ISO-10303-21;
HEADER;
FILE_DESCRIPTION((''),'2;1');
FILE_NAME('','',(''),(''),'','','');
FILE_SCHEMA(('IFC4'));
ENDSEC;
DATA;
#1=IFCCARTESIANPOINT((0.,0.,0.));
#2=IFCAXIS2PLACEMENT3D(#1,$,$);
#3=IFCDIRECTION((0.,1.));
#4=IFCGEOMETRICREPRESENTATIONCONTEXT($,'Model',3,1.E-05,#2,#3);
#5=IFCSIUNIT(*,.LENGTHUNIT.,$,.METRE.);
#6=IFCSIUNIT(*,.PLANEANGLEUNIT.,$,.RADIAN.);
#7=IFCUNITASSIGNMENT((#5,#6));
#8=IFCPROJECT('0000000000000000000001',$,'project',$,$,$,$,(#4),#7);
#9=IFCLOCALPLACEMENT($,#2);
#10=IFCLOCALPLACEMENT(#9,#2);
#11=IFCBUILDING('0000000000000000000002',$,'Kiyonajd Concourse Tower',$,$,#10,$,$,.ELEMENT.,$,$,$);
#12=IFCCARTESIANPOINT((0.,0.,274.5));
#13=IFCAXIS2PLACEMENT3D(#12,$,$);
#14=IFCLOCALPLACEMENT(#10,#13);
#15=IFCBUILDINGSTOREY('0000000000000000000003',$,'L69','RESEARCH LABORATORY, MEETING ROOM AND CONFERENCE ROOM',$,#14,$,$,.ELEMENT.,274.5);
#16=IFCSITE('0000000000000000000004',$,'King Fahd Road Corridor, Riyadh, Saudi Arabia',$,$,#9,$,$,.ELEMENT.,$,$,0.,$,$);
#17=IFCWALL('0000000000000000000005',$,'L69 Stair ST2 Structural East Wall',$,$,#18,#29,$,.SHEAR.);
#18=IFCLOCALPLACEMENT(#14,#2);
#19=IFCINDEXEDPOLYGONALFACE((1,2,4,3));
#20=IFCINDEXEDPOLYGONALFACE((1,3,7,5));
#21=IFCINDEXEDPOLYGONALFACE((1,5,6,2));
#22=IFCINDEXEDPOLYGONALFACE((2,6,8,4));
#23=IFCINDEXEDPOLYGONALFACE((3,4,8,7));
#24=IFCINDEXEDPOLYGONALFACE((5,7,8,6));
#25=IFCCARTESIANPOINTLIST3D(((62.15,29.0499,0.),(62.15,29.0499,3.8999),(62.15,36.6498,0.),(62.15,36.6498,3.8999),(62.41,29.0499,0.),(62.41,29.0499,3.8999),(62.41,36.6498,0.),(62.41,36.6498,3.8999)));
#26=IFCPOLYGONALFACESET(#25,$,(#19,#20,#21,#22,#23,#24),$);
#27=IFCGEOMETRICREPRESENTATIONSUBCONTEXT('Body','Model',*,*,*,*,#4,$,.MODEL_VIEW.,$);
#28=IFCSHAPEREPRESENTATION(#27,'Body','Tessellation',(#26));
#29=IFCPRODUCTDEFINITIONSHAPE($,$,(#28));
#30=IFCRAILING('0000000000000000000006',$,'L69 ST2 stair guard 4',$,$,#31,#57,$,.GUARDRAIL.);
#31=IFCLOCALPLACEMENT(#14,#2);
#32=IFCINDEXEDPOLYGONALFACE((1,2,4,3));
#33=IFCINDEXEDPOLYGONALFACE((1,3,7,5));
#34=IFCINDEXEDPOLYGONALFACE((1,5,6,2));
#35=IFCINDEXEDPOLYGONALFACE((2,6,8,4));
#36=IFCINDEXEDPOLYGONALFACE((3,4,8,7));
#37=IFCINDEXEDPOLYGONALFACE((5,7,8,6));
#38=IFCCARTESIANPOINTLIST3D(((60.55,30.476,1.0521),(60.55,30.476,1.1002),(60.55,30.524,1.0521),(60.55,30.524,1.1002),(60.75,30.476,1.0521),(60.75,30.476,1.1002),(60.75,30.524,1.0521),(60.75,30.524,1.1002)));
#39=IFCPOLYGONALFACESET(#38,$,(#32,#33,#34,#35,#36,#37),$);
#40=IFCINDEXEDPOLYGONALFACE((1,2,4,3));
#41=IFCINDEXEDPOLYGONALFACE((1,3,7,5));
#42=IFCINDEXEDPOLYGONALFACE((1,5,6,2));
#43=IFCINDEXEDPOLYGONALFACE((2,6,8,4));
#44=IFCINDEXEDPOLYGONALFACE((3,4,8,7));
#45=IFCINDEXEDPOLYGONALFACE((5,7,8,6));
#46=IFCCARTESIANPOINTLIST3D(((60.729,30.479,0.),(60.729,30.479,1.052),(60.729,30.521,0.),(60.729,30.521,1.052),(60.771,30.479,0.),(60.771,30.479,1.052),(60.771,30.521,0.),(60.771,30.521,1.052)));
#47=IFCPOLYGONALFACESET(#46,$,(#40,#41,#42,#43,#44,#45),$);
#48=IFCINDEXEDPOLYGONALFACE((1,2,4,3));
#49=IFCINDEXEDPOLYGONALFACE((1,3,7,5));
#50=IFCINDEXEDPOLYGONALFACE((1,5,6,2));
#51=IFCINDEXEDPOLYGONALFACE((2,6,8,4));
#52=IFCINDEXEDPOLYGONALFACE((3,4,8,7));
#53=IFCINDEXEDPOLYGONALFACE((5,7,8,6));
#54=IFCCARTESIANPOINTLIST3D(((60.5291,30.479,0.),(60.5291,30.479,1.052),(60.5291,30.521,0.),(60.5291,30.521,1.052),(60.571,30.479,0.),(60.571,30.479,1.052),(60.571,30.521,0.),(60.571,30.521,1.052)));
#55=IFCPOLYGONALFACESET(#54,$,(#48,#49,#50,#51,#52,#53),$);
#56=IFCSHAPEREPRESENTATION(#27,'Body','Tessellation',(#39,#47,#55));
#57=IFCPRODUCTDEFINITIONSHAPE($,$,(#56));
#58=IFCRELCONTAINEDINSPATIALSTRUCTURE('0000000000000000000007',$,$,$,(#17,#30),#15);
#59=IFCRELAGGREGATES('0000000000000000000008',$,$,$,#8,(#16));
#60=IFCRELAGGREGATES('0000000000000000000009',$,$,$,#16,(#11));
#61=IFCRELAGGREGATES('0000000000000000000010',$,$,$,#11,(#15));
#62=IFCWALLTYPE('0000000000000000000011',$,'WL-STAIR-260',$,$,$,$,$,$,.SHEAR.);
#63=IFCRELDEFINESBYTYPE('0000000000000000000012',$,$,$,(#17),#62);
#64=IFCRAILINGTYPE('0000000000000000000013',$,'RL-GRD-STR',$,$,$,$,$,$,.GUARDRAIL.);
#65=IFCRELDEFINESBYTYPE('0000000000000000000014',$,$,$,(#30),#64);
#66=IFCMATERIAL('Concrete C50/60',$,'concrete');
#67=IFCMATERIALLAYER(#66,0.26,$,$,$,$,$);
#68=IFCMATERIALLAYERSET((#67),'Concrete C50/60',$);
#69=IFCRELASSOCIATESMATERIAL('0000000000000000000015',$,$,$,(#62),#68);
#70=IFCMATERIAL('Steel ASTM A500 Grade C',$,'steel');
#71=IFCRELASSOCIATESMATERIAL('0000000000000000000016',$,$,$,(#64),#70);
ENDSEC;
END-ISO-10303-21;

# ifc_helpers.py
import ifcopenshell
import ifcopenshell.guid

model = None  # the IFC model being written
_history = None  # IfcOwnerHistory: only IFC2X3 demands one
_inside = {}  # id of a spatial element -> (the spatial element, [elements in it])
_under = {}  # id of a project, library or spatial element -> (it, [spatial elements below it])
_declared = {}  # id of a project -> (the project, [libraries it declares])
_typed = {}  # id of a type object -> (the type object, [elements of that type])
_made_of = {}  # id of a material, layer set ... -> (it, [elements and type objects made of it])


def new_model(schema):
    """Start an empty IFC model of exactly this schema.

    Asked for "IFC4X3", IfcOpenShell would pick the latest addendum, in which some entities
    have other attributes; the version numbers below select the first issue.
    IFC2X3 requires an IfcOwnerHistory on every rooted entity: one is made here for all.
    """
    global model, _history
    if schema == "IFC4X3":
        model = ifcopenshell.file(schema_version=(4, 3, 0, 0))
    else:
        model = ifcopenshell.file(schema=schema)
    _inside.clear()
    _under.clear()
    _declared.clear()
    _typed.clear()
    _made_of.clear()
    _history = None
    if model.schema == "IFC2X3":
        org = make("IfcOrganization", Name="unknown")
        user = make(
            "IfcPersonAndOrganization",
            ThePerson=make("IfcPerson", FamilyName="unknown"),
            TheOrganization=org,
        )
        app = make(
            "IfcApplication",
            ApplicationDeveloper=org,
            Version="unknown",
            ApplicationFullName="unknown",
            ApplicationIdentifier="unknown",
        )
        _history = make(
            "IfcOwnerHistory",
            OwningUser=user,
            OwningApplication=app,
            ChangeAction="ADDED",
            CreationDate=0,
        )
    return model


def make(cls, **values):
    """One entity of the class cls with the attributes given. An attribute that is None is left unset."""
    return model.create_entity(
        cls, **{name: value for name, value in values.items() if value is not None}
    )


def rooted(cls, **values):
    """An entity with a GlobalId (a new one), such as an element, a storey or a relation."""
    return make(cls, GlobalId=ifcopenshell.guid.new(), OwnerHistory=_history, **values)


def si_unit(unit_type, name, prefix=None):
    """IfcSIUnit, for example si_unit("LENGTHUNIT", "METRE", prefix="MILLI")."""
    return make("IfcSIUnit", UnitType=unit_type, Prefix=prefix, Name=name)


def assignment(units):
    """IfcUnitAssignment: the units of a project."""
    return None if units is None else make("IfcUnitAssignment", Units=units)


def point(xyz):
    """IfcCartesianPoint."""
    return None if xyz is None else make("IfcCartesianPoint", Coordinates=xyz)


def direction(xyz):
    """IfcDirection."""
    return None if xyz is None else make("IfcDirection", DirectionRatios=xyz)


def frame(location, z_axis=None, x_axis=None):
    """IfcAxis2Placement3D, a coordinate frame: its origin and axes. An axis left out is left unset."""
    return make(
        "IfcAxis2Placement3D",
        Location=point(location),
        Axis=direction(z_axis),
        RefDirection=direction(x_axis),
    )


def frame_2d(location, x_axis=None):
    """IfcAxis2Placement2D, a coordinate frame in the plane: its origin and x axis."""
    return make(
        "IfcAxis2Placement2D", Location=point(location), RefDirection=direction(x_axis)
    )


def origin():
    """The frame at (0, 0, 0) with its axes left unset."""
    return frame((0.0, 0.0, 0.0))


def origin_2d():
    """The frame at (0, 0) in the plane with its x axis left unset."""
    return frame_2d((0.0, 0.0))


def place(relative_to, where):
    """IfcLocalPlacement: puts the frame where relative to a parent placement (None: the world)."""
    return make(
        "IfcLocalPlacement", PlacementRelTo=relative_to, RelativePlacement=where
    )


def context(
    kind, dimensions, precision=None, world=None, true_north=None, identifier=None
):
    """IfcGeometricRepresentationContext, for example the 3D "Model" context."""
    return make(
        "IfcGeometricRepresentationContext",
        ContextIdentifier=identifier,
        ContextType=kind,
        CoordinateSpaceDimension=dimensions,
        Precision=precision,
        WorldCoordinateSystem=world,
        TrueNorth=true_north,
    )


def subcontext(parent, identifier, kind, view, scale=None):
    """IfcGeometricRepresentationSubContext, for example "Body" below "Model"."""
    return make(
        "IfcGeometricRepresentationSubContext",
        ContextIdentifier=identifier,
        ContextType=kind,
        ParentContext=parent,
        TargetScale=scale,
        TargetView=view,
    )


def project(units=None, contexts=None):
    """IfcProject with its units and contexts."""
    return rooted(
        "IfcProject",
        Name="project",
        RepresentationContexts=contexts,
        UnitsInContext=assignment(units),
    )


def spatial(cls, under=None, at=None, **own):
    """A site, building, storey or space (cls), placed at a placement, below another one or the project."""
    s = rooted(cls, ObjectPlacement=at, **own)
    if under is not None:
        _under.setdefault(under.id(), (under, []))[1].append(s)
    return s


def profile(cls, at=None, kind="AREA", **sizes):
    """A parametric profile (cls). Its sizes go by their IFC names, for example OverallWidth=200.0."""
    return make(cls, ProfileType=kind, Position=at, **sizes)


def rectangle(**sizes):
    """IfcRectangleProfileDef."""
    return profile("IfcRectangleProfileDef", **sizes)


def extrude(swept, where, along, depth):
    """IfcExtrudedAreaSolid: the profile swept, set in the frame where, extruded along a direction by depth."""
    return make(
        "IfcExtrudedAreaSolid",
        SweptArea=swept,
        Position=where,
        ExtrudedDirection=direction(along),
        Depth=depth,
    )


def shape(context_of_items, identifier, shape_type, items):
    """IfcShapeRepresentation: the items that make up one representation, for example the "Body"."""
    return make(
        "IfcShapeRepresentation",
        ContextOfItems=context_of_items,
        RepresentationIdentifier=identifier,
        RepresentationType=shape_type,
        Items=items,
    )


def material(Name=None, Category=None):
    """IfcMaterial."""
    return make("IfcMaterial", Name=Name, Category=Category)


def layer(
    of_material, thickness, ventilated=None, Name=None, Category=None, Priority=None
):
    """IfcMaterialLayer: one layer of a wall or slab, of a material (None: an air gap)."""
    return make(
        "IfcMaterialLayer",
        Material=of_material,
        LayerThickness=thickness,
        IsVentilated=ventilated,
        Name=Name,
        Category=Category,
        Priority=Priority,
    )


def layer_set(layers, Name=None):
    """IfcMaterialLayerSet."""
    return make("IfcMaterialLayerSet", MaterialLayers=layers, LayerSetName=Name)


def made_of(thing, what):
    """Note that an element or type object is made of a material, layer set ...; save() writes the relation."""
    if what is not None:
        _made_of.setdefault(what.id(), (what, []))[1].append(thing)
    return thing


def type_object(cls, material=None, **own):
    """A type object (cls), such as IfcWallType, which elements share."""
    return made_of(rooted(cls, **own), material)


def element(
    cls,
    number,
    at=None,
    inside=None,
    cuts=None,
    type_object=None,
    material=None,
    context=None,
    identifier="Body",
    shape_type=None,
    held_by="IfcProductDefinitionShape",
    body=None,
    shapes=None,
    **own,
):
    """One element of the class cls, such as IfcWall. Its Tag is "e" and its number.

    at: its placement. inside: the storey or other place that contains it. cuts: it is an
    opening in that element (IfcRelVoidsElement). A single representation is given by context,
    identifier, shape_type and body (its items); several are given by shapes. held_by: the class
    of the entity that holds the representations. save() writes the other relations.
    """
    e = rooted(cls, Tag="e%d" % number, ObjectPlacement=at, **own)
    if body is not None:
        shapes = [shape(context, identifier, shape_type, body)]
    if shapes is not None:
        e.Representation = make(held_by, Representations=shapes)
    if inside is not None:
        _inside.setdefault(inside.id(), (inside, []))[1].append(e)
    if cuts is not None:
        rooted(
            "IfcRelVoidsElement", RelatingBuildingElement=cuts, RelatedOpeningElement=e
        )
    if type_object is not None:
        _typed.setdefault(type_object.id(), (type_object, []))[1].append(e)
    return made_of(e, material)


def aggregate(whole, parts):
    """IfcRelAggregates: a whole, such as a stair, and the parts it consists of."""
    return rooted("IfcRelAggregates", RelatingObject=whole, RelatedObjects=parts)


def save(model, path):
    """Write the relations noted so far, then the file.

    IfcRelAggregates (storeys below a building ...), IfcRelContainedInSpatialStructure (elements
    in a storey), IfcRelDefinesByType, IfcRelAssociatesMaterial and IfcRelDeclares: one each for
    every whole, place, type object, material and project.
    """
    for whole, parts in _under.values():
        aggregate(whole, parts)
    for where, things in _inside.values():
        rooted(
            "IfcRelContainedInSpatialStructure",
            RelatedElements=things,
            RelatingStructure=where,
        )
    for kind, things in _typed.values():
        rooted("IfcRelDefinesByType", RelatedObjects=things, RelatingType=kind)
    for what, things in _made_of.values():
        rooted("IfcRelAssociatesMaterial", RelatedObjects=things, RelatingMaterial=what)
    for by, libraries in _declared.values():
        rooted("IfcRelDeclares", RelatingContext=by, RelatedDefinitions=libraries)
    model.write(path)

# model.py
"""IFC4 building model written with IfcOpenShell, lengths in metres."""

from ifc_helpers import new_model, si_unit, direction, frame, frame_2d, origin, origin_2d, place, context, subcontext, project, spatial, rectangle, extrude, material, layer, layer_set, type_object, element, save


model = new_model("IFC4")

# Units and contexts
model_context = context("Model", 3, precision=1e-05, world=origin(), true_north=direction((0.0, 1.0)))
body_context = subcontext(model_context, "Body", "Model", "MODEL_VIEW")
ifc_project = project(units=[si_unit("LENGTHUNIT", "METRE"), si_unit("PLANEANGLEUNIT", "RADIAN")], contexts=[model_context])

# Site, building, storey
site_placement = place(None, origin())
site = spatial("IfcSite", under=ifc_project, at=site_placement, Name="King Fahd Road Corridor, Riyadh, Saudi Arabia", CompositionType="ELEMENT", RefElevation=0.0)
building_placement = place(site_placement, origin())
building = spatial("IfcBuilding", under=site, at=building_placement, Name="Kiyonajd Concourse Tower", CompositionType="ELEMENT")
storey_placement = place(building_placement, frame((0.0, 0.0, 274.5)))
storey = spatial("IfcBuildingStorey", under=building, at=storey_placement, Name="L69", Description="RESEARCH LABORATORY, MEETING ROOM AND CONFERENCE ROOM", CompositionType="ELEMENT", Elevation=274.5)

# Shared definitions
ifc_material_1 = material(Name="Concrete C50/60", Category="concrete")
ifc_layer_1 = layer(ifc_material_1, 0.26)
ifc_layer_set_1 = layer_set([ifc_layer_1], Name="Concrete C50/60")
wall_type_1 = type_object("IfcWallType", Name="WL-STAIR-260", PredefinedType="SHEAR", material=ifc_layer_set_1)

# Wall
wall_1_placement = place(storey_placement, frame((62.28, 29.05, 0.0), z_axis=(0.0, 0.0, 1.0), x_axis=(0.0, 1.0, 0.0)))
element("IfcWall", 1, at=wall_1_placement, inside=storey, type_object=wall_type_1, Name="L69 Stair ST2 Structural East Wall", PredefinedType="SHEAR", context=body_context, shape_type="SweptSolid", body=[
    extrude(rectangle(XDim=7.5999, YDim=0.26, at=frame_2d((3.7998, 0.0))), origin(), (0.0, 0.0, 1.0), 3.8999),
])

# Railing
ifc_material_2 = material(Name="Steel ASTM A500 Grade C", Category="steel")
railing_type = type_object("IfcRailingType", Name="RL-GRD-STR", PredefinedType="GUARDRAIL", material=ifc_material_2)
railing_placement = place(storey_placement, frame((60.75, 30.5, 0.0)))
element("IfcRailing", 2, at=railing_placement, inside=storey, type_object=railing_type, Name="L69 ST2 stair guard 4", PredefinedType="GUARDRAIL", context=body_context, shape_type="SweptSolid", body=[
    extrude(rectangle(XDim=0.0481, YDim=0.0481, at=origin_2d()), frame((0.0, 0.0, 1.0762), z_axis=(-1.0, 0.0, 0.0), x_axis=(0.0, -1.0, 0.0)), (0.0, 0.0, 1.0), 0.2),
    extrude(rectangle(XDim=0.042, YDim=0.042, at=origin_2d()), origin(), (0.0, 0.0, 1.0), 1.052),
    extrude(rectangle(XDim=0.042, YDim=0.042, at=origin_2d()), frame((-0.2, 0.0, 0.0)), (0.0, 0.0, 1.0), 1.052),
])

save(model, "model.ifc")
